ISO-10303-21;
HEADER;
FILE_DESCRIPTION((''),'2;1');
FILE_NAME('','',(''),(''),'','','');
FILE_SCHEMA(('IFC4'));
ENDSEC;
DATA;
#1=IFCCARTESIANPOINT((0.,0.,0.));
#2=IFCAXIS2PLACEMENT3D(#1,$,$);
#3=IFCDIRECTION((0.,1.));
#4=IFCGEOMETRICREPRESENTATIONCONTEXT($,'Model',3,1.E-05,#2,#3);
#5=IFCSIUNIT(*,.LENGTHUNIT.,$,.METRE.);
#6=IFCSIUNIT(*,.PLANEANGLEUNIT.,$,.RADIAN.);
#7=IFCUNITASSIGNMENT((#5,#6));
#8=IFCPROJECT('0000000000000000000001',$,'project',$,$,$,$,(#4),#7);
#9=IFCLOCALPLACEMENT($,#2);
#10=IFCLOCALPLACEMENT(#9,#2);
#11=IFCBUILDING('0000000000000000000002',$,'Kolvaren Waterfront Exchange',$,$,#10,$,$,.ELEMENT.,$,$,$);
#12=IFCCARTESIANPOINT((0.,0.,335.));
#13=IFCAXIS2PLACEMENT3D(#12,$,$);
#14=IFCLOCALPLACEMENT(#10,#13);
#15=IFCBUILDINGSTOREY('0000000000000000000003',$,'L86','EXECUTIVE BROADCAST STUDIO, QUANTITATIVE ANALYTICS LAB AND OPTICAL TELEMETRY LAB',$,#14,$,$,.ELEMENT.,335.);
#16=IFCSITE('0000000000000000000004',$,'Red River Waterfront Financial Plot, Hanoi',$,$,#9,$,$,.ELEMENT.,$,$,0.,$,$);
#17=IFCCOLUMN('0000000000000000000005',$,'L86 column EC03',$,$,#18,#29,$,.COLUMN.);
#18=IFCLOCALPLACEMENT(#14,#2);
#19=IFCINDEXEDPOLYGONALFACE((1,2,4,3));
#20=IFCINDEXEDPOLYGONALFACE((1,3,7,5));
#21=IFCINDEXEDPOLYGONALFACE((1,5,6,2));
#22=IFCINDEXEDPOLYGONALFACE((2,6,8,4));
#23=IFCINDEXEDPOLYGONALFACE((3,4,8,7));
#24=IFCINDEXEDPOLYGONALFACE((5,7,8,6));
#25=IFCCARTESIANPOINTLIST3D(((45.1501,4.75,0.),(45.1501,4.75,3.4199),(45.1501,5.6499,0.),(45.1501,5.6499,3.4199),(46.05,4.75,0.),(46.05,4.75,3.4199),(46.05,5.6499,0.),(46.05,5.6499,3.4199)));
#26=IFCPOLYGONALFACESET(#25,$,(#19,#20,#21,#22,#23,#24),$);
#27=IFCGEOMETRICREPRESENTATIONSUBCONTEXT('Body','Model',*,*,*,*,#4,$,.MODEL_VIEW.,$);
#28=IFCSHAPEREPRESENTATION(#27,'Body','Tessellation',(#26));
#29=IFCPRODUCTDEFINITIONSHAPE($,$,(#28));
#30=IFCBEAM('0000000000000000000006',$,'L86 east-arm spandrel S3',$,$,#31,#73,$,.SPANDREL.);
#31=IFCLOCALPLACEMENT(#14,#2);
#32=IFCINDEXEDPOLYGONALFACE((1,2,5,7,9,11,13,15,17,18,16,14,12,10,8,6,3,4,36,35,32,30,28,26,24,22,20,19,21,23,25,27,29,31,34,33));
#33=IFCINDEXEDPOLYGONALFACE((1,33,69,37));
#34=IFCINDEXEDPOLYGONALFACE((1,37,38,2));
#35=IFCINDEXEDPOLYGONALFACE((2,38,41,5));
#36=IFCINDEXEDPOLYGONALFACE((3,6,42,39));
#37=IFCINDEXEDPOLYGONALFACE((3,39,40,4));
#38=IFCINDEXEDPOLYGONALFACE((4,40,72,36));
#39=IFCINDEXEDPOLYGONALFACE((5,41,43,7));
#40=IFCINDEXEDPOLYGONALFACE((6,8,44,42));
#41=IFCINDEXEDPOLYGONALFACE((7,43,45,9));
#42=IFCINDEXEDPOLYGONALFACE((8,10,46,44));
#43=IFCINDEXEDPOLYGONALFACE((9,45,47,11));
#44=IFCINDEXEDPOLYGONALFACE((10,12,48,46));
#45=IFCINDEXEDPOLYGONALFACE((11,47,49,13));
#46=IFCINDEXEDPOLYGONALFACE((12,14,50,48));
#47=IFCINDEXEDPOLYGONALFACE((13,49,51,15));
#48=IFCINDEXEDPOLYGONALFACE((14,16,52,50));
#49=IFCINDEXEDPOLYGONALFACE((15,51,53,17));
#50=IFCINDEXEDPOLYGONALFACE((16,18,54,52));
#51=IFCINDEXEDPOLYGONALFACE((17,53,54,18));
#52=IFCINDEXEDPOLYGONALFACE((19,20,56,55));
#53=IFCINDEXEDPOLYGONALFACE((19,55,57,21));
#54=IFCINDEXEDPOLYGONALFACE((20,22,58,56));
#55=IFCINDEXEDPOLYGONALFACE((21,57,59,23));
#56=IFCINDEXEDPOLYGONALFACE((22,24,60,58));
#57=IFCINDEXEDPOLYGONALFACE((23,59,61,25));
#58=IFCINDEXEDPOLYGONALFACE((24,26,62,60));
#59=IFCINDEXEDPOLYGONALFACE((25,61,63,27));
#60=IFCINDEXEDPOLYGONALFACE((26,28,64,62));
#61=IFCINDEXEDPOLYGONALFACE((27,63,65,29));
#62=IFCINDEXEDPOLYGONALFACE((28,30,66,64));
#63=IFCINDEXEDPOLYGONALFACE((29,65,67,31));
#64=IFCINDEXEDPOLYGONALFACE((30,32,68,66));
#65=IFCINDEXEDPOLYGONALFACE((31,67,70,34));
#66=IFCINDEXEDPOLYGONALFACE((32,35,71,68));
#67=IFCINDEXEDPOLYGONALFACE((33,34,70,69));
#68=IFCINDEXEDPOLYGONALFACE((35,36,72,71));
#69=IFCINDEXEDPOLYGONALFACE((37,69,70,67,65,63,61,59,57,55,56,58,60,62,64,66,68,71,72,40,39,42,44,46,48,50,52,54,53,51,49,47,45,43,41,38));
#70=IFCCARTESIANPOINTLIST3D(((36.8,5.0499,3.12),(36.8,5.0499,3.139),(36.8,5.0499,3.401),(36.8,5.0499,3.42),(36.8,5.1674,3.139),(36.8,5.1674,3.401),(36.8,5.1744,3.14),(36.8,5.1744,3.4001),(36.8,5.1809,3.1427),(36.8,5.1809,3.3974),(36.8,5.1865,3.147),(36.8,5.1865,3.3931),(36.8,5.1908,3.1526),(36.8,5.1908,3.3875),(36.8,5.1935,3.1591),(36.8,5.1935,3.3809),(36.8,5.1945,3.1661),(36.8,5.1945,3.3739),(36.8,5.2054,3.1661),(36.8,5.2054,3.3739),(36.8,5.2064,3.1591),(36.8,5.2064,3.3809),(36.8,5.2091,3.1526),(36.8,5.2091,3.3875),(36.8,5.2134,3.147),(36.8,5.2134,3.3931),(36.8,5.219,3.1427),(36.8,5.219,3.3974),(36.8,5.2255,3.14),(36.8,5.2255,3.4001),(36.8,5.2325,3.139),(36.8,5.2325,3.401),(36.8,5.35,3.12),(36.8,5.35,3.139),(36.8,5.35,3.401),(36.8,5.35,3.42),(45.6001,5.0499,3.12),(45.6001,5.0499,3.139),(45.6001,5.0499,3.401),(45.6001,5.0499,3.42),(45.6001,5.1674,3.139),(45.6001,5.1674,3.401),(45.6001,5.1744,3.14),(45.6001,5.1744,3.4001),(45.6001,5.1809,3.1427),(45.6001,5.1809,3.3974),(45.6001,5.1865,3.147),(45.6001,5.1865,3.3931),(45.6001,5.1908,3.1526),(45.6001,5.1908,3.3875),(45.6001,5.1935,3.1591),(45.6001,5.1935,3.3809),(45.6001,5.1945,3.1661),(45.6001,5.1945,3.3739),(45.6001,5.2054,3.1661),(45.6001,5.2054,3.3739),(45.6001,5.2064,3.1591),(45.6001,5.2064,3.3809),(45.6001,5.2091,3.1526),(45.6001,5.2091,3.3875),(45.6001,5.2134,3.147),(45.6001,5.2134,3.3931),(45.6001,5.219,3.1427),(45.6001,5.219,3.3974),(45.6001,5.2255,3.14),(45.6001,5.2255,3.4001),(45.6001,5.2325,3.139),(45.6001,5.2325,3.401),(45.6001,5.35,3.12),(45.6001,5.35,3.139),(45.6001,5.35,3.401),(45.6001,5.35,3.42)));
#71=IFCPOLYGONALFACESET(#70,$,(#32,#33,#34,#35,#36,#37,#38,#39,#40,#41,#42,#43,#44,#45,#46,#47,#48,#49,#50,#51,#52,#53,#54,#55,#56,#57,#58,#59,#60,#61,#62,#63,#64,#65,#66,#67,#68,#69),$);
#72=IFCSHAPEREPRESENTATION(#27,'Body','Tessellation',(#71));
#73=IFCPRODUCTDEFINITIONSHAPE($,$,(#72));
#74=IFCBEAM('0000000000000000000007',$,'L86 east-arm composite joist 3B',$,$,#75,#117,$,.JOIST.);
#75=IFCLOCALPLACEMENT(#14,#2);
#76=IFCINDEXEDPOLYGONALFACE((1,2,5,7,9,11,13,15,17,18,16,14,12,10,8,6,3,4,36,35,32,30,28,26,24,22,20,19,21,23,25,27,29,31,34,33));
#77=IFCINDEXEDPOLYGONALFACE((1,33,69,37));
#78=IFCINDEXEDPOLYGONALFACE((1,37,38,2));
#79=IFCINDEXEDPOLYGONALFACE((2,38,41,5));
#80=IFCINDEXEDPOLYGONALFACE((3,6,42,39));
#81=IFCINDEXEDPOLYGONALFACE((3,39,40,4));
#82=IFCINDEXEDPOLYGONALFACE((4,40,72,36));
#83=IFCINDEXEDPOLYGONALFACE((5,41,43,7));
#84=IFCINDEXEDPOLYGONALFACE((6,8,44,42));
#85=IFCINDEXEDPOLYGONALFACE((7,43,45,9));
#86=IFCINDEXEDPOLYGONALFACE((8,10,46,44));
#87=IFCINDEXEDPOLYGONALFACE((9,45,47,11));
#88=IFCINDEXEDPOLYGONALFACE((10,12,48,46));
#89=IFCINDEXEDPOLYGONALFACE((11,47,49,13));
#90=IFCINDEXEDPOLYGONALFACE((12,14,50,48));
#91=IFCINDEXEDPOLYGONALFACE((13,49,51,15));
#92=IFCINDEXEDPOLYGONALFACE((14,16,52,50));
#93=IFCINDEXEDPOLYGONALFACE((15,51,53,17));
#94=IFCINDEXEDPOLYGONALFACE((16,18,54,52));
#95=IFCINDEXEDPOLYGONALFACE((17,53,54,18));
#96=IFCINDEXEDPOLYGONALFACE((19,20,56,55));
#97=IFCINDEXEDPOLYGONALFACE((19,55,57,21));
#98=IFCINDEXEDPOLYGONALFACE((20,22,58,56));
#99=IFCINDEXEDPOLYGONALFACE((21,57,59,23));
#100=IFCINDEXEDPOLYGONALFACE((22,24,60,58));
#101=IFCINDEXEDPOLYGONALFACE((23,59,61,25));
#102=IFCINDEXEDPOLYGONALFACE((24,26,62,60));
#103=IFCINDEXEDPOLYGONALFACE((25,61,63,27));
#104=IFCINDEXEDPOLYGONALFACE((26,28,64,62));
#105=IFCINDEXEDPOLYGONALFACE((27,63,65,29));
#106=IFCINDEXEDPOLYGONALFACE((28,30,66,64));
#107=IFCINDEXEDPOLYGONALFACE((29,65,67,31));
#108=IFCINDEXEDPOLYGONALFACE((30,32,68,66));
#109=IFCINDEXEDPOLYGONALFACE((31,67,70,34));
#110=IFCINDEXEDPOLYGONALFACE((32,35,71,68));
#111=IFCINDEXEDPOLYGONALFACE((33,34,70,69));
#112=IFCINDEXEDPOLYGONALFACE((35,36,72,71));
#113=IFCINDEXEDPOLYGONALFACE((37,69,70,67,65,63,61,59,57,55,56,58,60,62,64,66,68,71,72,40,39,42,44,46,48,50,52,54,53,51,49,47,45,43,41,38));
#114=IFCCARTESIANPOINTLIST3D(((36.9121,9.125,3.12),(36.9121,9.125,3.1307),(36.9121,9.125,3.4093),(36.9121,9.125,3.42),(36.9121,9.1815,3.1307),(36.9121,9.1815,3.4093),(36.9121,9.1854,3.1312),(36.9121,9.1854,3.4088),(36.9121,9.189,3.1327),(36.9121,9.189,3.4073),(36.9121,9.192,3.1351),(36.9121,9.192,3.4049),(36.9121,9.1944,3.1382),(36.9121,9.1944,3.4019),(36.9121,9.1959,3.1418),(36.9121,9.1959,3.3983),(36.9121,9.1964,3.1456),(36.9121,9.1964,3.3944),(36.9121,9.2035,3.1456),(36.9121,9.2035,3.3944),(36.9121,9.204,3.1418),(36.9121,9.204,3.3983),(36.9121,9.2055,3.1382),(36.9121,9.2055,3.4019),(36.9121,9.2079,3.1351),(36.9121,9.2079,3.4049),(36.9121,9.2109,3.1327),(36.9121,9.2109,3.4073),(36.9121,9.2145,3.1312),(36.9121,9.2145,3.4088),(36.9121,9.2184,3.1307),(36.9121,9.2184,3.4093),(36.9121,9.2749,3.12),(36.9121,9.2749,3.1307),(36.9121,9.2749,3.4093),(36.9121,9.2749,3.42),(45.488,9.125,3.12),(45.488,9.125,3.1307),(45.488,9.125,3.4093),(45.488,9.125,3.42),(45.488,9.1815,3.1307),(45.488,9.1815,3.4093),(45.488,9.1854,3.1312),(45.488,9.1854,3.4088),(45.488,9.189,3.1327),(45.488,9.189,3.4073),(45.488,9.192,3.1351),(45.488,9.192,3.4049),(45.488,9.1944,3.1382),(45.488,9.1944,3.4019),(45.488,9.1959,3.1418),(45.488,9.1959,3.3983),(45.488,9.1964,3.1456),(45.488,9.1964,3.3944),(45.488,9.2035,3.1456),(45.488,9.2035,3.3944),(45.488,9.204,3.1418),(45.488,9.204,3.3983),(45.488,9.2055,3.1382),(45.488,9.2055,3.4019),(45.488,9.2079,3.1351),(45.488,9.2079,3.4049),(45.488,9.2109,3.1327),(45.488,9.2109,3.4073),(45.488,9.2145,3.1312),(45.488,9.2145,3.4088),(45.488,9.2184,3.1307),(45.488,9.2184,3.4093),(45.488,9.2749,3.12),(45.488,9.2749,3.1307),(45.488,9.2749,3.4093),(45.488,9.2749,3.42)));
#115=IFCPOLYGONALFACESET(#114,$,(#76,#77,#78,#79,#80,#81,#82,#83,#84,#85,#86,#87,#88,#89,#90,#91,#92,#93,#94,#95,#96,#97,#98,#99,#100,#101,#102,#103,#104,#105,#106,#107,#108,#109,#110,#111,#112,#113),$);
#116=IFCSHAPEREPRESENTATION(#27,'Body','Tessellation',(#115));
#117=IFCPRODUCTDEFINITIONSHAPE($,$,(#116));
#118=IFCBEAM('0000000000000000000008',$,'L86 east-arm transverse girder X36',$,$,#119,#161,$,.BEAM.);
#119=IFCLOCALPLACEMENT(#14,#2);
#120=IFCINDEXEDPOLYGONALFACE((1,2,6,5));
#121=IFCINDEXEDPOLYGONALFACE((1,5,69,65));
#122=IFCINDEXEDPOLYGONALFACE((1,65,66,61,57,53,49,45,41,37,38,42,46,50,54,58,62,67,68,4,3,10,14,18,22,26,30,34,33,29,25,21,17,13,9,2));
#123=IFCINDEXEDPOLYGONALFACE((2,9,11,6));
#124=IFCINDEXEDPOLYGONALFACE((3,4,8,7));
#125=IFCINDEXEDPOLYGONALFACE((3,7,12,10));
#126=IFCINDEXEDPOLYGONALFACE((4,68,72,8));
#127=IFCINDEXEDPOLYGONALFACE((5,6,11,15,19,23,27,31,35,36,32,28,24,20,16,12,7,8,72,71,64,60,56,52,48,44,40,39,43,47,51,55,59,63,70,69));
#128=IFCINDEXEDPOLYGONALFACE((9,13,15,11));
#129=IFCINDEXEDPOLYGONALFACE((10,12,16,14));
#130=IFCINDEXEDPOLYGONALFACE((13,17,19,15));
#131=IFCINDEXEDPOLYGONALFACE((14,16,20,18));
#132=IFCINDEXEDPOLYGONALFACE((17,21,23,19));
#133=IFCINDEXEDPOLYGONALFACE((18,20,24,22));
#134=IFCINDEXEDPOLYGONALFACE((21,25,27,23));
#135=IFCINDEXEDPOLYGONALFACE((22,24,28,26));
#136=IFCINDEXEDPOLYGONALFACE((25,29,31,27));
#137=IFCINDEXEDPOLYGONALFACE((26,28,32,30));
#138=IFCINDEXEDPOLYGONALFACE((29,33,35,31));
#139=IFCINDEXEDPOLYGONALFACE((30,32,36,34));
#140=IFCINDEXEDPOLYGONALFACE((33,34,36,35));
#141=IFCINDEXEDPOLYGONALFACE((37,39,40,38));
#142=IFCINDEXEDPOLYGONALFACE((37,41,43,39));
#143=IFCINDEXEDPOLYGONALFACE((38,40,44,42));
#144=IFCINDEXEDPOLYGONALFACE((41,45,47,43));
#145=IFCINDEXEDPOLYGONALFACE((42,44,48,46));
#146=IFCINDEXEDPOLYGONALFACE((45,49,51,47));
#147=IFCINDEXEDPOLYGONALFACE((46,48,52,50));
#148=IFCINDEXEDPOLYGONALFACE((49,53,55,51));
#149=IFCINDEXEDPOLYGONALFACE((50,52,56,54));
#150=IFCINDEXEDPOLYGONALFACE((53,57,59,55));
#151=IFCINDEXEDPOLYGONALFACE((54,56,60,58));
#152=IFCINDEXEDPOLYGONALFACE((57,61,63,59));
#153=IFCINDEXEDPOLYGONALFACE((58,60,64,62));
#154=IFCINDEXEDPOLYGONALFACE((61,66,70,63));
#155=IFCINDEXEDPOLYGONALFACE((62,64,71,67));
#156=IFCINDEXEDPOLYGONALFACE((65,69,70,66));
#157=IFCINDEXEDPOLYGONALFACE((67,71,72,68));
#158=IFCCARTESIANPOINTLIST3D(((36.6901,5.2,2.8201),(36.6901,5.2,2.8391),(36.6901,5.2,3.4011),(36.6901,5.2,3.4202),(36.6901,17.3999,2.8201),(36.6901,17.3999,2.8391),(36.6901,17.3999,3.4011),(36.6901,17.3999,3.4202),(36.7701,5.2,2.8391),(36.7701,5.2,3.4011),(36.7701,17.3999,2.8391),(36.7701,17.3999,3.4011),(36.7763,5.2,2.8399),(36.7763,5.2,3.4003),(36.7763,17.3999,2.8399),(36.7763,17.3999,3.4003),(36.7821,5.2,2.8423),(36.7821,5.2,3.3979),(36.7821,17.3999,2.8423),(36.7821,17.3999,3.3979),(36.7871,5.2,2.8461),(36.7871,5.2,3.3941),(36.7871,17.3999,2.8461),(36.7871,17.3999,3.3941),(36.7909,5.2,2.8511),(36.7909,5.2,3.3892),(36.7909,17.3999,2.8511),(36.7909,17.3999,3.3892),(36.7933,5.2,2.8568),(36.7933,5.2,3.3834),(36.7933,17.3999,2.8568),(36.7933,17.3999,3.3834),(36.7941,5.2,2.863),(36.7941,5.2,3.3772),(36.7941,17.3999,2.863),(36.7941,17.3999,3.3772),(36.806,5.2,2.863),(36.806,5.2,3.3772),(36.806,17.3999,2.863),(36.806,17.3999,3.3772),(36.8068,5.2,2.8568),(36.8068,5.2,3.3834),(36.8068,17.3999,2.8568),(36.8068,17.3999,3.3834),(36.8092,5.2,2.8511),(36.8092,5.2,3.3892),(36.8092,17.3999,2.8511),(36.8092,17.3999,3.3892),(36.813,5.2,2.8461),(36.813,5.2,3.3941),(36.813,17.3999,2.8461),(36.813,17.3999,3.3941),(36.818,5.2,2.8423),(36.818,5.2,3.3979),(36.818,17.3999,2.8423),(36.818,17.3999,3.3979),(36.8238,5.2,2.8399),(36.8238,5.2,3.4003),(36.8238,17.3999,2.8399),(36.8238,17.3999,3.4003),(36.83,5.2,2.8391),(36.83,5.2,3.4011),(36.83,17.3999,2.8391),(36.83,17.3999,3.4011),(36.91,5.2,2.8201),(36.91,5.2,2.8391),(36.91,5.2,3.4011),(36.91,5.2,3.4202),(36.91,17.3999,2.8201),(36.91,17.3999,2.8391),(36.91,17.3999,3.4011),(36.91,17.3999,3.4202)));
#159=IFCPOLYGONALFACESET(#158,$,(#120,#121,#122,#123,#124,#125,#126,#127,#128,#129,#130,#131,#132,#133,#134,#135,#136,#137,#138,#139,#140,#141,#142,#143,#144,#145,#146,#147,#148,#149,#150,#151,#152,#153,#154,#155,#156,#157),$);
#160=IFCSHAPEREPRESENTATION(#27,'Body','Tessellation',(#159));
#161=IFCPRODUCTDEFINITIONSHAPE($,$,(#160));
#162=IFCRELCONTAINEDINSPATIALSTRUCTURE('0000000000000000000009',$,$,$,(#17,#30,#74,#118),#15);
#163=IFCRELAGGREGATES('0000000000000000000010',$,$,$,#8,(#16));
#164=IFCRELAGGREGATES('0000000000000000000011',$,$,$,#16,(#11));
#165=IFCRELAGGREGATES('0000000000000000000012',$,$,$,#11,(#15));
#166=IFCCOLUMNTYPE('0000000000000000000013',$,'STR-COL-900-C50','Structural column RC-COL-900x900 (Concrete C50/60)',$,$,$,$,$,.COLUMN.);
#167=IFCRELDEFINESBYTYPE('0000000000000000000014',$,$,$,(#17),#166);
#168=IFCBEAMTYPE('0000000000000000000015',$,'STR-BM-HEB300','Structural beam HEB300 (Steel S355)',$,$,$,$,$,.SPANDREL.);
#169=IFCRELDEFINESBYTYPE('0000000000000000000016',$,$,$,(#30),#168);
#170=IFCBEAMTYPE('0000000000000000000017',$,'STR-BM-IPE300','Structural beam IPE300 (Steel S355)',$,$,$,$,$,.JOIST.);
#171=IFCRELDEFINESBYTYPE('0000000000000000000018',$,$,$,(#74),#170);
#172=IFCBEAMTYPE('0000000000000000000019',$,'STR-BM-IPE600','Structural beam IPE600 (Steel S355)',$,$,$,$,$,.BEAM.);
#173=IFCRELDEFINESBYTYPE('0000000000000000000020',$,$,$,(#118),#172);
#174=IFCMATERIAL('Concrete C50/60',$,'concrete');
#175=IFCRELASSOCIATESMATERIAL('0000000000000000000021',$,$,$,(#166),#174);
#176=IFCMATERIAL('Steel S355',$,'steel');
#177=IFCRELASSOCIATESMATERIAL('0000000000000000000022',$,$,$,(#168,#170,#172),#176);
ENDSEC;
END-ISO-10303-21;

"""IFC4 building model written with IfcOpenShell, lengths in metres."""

from ifc_helpers import new_model, si_unit, direction, frame, origin, origin_2d, place, context, subcontext, project, spatial, rectangle, i_section, extrude, material, material_profile, profile_set, type_object, element, save


model = new_model("IFC4")

# Units and contexts
model_context = context("Model", 3, precision=1e-05, world=origin(), true_north=direction((0.0, 1.0)))
body_context = subcontext(model_context, "Body", "Model", "MODEL_VIEW")
ifc_project = project(units=[si_unit("LENGTHUNIT", "METRE"), si_unit("PLANEANGLEUNIT", "RADIAN")], contexts=[model_context])

# Site, building, storey
site_placement = place(None, origin())
site = spatial("IfcSite", under=ifc_project, at=site_placement, Name="Red River Waterfront Financial Plot, Hanoi", CompositionType="ELEMENT", RefElevation=0.0)
building_placement = place(site_placement, origin())
building = spatial("IfcBuilding", under=site, at=building_placement, Name="Kolvaren Waterfront Exchange", CompositionType="ELEMENT")
storey_placement = place(building_placement, frame((0.0, 0.0, 335.0)))
storey = spatial("IfcBuildingStorey", under=building, at=storey_placement, Name="L86", Description="EXECUTIVE BROADCAST STUDIO, QUANTITATIVE ANALYTICS LAB AND OPTICAL TELEMETRY LAB", CompositionType="ELEMENT", Elevation=335.0)

# Column
ifc_material_1 = material(Name="Concrete C50/60", Category="concrete")
ifc_material_profile_1 = material_profile(ifc_material_1, rectangle(XDim=0.8999, YDim=0.8999, at=origin_2d()), Name="RC-COL-900x900")
ifc_profile_set_1 = profile_set([ifc_material_profile_1], Name="Concrete C50/60")
column_type = type_object("IfcColumnType", Name="STR-COL-900-C50", Description="Structural column RC-COL-900x900 (Concrete C50/60)", PredefinedType="COLUMN", material=ifc_profile_set_1)
column_placement = place(storey_placement, frame((45.6001, 5.2, 0.0), z_axis=(0.0, 0.0, 1.0), x_axis=(1.0, 0.0, 0.0)))
element("IfcColumn", 1, at=column_placement, inside=storey, type_object=column_type, Name="L86 column EC03", PredefinedType="COLUMN", context=body_context, shape_type="SweptSolid", body=[
    extrude(rectangle(XDim=0.8999, YDim=0.8999, at=origin_2d()), origin(), (0.0, 0.0, 1.0), 3.4199),
])

# Beams
ifc_material_2 = material(Name="Steel S355", Category="steel")
ifc_material_profile_2 = material_profile(ifc_material_2, i_section(OverallWidth=0.3, OverallDepth=0.3, WebThickness=0.011, FlangeThickness=0.019, FilletRadius=0.0271, at=origin_2d()), Name="HEB300")
ifc_profile_set_2 = profile_set([ifc_material_profile_2], Name="Steel S355")
beam_type_1 = type_object("IfcBeamType", Name="STR-BM-HEB300", Description="Structural beam HEB300 (Steel S355)", PredefinedType="SPANDREL", material=ifc_profile_set_2)
beam_1_placement = place(storey_placement, frame((36.8, 5.2, 3.27), z_axis=(1.0, 0.0, 0.0), x_axis=(0.0, 1.0, 0.0)))
element("IfcBeam", 2, at=beam_1_placement, inside=storey, type_object=beam_type_1, Name="L86 east-arm spandrel S3", PredefinedType="SPANDREL", context=body_context, shape_type="SweptSolid", body=[
    extrude(i_section(OverallWidth=0.3, OverallDepth=0.3, WebThickness=0.011, FlangeThickness=0.019, FilletRadius=0.0271, at=origin_2d()), origin(), (0.0, 0.0, 1.0), 8.8),
])
ifc_material_profile_3 = material_profile(ifc_material_2, i_section(OverallWidth=0.1499, OverallDepth=0.3, WebThickness=0.0071, FlangeThickness=0.0107, FilletRadius=0.0149, at=origin_2d()), Name="IPE300")
ifc_profile_set_3 = profile_set([ifc_material_profile_3], Name="Steel S355")
beam_type_2 = type_object("IfcBeamType", Name="STR-BM-IPE300", Description="Structural beam IPE300 (Steel S355)", PredefinedType="JOIST", material=ifc_profile_set_3)
beam_2_placement = place(storey_placement, frame((36.9121, 9.2, 3.27), z_axis=(1.0, 0.0, 0.0), x_axis=(0.0, 1.0, 0.0)))
element("IfcBeam", 3, at=beam_2_placement, inside=storey, type_object=beam_type_2, Name="L86 east-arm composite joist 3B", PredefinedType="JOIST", context=body_context, shape_type="SweptSolid", body=[
    extrude(i_section(OverallWidth=0.1499, OverallDepth=0.3, WebThickness=0.0071, FlangeThickness=0.0107, FilletRadius=0.0149, at=origin_2d()), origin(), (0.0, 0.0, 1.0), 8.5759),
])
ifc_material_profile_4 = material_profile(ifc_material_2, i_section(OverallWidth=0.22, OverallDepth=0.6001, WebThickness=0.012, FlangeThickness=0.019, FilletRadius=0.0239, at=origin_2d()), Name="IPE600")
ifc_profile_set_4 = profile_set([ifc_material_profile_4], Name="Steel S355")
beam_type_3 = type_object("IfcBeamType", Name="STR-BM-IPE600", Description="Structural beam IPE600 (Steel S355)", PredefinedType="BEAM", material=ifc_profile_set_4)
for number, where, z_axis, x_axis, name in (
    (4, (36.8, 5.2, 3.1201), (0.0, 1.0, 0.0), (-1.0, 0.0, 0.0), "L86 east-arm transverse girder X36"),
):
    element("IfcBeam", number, at=place(storey_placement, frame(where, z_axis=z_axis, x_axis=x_axis)), inside=storey, type_object=beam_type_3, Name=name, PredefinedType="BEAM", context=body_context, shape_type="SweptSolid", body=[
        extrude(i_section(OverallWidth=0.22, OverallDepth=0.6001, WebThickness=0.012, FlangeThickness=0.019, FilletRadius=0.0239, at=origin_2d()), origin(), (0.0, 0.0, 1.0), 12.2),
    ])

save(model, "model.ifc")
